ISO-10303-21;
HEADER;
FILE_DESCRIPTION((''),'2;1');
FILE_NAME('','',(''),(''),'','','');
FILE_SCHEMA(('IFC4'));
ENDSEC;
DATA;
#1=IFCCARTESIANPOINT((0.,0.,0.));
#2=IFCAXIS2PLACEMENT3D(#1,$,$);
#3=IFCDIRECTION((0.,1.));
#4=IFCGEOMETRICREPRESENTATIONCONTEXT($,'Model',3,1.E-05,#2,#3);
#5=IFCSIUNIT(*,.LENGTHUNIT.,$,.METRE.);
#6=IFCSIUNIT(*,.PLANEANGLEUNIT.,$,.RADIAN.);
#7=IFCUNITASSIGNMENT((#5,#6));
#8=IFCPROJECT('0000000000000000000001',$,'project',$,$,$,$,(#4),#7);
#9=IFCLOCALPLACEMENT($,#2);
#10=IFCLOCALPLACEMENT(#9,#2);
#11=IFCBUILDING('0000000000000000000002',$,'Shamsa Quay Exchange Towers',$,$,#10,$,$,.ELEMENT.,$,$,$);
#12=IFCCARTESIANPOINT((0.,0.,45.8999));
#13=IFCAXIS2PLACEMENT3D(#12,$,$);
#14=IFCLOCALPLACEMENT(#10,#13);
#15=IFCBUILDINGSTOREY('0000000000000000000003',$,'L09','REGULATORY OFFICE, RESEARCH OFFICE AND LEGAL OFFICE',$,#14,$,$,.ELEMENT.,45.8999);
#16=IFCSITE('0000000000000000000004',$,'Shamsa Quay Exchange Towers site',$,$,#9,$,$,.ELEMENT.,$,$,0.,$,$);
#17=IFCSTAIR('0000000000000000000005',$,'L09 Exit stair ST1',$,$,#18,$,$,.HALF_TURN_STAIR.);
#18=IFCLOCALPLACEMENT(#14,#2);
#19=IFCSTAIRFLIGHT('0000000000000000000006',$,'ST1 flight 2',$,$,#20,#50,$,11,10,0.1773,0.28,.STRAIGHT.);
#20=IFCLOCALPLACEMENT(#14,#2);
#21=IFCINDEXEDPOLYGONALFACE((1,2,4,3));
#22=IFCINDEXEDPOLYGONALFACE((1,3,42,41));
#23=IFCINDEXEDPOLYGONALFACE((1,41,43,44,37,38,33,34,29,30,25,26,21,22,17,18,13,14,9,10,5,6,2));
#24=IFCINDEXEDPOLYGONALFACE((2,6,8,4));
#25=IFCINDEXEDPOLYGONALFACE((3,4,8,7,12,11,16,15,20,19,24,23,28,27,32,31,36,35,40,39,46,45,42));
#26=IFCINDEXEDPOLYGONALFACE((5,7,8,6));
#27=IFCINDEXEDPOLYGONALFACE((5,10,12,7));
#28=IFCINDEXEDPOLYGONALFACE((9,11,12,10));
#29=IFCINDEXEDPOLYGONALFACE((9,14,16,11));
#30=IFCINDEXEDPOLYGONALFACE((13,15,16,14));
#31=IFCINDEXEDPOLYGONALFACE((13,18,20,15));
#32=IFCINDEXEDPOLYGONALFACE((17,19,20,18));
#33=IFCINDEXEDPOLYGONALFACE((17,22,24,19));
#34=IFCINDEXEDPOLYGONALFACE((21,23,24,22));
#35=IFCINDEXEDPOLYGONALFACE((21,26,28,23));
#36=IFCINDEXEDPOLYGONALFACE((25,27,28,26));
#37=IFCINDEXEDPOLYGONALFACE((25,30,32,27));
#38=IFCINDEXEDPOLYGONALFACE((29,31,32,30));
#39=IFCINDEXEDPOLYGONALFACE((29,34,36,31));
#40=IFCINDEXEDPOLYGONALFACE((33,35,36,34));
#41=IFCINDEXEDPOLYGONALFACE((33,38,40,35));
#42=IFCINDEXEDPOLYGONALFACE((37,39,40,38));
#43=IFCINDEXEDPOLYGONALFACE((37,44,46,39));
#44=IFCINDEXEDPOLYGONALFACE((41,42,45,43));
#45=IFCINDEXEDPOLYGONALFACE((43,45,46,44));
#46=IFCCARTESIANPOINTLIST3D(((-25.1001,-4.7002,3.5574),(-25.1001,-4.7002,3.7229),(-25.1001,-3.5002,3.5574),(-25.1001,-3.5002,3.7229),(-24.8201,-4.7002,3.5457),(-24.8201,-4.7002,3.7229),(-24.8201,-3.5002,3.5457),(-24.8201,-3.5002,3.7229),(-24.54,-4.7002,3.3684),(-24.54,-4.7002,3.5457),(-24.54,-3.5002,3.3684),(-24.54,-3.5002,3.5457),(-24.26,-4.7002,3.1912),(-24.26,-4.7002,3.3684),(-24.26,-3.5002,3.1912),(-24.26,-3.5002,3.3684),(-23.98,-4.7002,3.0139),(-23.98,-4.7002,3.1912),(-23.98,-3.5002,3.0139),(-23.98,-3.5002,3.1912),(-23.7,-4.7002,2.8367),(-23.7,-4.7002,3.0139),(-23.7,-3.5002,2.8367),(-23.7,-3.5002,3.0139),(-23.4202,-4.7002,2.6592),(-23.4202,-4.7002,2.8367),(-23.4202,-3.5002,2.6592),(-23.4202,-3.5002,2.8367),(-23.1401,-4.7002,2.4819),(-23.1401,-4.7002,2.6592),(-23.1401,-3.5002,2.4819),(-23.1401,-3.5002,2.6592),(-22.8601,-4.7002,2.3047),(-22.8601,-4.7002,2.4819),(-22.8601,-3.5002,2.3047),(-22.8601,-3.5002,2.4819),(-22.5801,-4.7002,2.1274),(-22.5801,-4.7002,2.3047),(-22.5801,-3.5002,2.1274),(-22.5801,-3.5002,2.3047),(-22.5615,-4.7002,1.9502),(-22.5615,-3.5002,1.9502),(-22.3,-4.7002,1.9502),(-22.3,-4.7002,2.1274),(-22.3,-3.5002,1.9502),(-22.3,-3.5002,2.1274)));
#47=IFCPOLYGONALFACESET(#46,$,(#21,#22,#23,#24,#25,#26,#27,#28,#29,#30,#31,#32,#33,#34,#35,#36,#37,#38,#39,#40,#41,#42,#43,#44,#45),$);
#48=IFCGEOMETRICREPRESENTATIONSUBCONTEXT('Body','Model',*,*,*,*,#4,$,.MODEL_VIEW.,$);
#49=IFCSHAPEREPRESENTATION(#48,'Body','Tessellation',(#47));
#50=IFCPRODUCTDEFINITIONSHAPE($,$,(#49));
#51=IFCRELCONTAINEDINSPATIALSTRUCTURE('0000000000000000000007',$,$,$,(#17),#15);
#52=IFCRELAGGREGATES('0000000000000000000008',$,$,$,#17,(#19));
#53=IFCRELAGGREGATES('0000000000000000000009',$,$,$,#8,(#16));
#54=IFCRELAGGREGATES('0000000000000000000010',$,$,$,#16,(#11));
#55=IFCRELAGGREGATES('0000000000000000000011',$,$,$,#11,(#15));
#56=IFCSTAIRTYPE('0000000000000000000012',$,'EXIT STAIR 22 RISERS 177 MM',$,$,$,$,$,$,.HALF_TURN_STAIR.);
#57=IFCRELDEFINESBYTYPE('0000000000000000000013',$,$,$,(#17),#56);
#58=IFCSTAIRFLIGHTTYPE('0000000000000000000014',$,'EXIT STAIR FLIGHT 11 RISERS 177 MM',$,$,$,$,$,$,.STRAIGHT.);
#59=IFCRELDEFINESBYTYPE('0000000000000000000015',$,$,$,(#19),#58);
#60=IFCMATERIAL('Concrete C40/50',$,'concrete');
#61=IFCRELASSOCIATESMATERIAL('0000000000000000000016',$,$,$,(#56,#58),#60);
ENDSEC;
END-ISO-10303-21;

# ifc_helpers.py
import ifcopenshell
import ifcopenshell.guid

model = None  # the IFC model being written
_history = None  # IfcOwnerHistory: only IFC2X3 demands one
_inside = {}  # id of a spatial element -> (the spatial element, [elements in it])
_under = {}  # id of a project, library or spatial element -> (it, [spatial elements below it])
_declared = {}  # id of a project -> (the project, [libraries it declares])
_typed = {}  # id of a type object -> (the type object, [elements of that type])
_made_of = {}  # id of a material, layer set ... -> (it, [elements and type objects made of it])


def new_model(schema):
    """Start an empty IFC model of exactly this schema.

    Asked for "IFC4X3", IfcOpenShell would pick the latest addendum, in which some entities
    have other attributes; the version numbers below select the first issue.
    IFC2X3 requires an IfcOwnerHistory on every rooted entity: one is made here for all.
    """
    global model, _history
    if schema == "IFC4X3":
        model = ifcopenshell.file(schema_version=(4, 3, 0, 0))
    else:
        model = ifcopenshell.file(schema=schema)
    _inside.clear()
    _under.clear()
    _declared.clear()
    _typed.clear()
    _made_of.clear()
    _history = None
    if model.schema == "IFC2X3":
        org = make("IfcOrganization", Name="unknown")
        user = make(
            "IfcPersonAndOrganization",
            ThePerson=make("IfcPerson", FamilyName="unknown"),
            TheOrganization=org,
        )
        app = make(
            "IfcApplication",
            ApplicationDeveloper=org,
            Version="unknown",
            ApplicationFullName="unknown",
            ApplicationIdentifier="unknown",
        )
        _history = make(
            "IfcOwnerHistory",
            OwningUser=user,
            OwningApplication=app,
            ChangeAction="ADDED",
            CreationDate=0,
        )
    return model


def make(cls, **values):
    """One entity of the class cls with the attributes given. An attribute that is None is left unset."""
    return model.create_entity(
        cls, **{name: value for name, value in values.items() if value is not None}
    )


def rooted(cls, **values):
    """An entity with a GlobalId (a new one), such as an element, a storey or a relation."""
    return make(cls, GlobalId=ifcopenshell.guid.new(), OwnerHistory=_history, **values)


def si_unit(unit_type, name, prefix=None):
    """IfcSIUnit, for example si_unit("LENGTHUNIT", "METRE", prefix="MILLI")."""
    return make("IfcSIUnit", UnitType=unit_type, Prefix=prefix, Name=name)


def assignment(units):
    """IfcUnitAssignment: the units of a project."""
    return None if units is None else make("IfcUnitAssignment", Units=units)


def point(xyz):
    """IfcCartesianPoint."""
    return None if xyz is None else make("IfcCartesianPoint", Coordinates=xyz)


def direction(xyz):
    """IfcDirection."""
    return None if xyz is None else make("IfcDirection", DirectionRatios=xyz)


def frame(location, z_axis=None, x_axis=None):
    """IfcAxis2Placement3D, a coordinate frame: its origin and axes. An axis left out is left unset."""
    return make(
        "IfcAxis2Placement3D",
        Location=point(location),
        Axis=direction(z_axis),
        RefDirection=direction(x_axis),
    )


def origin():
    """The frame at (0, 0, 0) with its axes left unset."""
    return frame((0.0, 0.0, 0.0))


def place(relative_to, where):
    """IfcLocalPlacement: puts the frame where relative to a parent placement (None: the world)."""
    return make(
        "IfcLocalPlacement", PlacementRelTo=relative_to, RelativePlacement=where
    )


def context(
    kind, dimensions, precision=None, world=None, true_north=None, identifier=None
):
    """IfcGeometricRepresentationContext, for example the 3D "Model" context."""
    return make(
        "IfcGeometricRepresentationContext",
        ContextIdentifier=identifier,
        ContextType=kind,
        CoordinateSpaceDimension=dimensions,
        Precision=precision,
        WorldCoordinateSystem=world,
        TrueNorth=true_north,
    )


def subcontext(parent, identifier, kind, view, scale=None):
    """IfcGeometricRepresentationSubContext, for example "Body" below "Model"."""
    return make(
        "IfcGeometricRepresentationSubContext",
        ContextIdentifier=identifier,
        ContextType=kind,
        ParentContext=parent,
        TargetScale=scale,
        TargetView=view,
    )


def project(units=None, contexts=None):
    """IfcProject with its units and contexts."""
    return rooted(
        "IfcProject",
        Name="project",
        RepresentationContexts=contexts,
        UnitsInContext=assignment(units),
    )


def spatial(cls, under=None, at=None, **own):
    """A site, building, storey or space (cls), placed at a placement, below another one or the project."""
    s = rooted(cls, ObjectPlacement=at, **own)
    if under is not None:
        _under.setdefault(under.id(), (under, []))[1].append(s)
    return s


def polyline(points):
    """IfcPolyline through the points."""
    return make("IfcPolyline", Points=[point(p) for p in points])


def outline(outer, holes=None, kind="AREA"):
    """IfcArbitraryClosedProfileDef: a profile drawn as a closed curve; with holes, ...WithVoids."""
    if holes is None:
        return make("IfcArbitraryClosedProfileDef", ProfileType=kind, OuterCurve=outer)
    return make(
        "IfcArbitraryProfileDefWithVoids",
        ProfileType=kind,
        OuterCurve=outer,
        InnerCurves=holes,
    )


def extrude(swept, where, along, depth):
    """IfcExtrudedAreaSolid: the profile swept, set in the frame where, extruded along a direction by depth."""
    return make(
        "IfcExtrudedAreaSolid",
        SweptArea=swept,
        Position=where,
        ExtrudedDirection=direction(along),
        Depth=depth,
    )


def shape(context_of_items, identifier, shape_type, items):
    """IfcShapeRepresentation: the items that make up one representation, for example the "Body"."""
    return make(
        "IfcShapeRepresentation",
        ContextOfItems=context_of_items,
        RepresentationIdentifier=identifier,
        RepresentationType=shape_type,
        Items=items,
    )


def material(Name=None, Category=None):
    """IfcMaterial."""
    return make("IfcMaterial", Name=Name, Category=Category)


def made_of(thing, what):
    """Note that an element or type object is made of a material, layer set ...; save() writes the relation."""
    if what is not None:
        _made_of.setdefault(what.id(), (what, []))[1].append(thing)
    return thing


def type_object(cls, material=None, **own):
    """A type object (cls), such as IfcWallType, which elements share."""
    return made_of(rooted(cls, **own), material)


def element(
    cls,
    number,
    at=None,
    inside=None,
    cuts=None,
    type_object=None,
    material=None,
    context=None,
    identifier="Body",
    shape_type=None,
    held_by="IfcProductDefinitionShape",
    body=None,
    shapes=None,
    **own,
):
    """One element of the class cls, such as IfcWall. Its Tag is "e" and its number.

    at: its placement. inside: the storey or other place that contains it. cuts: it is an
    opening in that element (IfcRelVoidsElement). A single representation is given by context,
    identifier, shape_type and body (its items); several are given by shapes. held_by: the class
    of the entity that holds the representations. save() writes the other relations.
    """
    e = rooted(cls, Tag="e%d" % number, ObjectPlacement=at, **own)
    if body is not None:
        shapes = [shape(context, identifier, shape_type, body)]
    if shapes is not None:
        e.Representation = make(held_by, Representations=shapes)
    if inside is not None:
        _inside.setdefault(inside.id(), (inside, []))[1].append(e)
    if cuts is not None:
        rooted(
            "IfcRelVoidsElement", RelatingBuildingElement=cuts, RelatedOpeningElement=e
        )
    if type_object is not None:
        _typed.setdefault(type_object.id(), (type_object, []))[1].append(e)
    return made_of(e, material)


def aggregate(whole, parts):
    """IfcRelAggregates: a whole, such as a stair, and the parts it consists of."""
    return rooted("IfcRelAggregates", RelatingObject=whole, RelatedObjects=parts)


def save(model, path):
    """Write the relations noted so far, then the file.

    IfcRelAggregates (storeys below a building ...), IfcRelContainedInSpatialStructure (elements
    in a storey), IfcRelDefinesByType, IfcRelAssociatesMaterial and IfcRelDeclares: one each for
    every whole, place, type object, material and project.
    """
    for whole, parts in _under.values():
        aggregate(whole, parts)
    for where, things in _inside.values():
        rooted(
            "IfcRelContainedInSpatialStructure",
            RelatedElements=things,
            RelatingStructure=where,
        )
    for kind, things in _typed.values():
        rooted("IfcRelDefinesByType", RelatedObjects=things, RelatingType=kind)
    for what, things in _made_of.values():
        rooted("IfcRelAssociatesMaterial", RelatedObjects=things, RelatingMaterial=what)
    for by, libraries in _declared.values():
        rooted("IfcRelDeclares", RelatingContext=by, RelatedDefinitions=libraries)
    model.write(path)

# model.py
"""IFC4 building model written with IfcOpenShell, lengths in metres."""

from ifc_helpers import new_model, si_unit, direction, frame, origin, place, context, subcontext, project, spatial, polyline, outline, extrude, material, type_object, element, aggregate, save


model = new_model("IFC4")

# Units and contexts
model_context = context("Model", 3, precision=1e-05, world=origin(), true_north=direction((0.0, 1.0)))
body_context = subcontext(model_context, "Body", "Model", "MODEL_VIEW")
ifc_project = project(units=[si_unit("LENGTHUNIT", "METRE"), si_unit("PLANEANGLEUNIT", "RADIAN")], contexts=[model_context])

# Site, building, storey
site_placement = place(None, origin())
site = spatial("IfcSite", under=ifc_project, at=site_placement, Name="Shamsa Quay Exchange Towers site", CompositionType="ELEMENT", RefElevation=0.0)
building_placement = place(site_placement, origin())
building = spatial("IfcBuilding", under=site, at=building_placement, Name="Shamsa Quay Exchange Towers", CompositionType="ELEMENT")
storey_placement = place(building_placement, frame((0.0, 0.0, 45.8999)))
storey = spatial("IfcBuildingStorey", under=building, at=storey_placement, Name="L09", Description="REGULATORY OFFICE, RESEARCH OFFICE AND LEGAL OFFICE", CompositionType="ELEMENT", Elevation=45.8999)

# Stair, stair flight
ifc_material_1 = material(Name="Concrete C40/50", Category="concrete")
stair_type = type_object("IfcStairType", Name="EXIT STAIR 22 RISERS 177 MM", PredefinedType="HALF_TURN_STAIR", material=ifc_material_1)
stair_placement = place(storey_placement, origin())
stair = element("IfcStair", 1, at=stair_placement, inside=storey, type_object=stair_type, Name="L09 Exit stair ST1", PredefinedType="HALF_TURN_STAIR")
stair_flight_type = type_object("IfcStairFlightType", Name="EXIT STAIR FLIGHT 11 RISERS 177 MM", PredefinedType="STRAIGHT", material=ifc_material_1)
stair_flight_placement = place(storey_placement, frame((-22.3, -4.1001, 1.9502), z_axis=(0.0, 0.0, 1.0), x_axis=(-1.0, 0.0, 0.0)))
stair_flight = element("IfcStairFlight", 2, at=stair_flight_placement, type_object=stair_flight_type, Name="ST1 flight 2", NumberOfRisers=11, NumberOfTreads=10, PredefinedType="STRAIGHT", RiserHeight=0.1773, TreadLength=0.28, context=body_context, shape_type="SweptSolid", body=[
    extrude(outline(polyline([(0.0, 0.0), (0.0, 0.1772), (0.28, 0.1772), (0.28, 0.3545), (0.5601, 0.3545), (0.5601, 0.5317), (0.8401, 0.5317), (0.8401, 0.709), (1.1201, 0.709), (1.1201, 0.8865), (1.3999, 0.8865), (1.3999, 1.0637), (1.6799, 1.0637), (1.6799, 1.241), (1.96, 1.241), (1.96, 1.4182), (2.24, 1.4182), (2.24, 1.5955), (2.52, 1.5955), (2.52, 1.7727), (2.8, 1.7727), (2.8, 1.95), (2.8, 1.6072), (0.2615, 0.0), (0.0, 0.0)])), frame((0.0, 0.6001, 0.0), z_axis=(0.0, -1.0, 0.0), x_axis=(1.0, 0.0, 0.0)), (0.0, 0.0, 1.0), 1.2),
])
aggregate(stair, [stair_flight])

save(model, "model.ifc")
